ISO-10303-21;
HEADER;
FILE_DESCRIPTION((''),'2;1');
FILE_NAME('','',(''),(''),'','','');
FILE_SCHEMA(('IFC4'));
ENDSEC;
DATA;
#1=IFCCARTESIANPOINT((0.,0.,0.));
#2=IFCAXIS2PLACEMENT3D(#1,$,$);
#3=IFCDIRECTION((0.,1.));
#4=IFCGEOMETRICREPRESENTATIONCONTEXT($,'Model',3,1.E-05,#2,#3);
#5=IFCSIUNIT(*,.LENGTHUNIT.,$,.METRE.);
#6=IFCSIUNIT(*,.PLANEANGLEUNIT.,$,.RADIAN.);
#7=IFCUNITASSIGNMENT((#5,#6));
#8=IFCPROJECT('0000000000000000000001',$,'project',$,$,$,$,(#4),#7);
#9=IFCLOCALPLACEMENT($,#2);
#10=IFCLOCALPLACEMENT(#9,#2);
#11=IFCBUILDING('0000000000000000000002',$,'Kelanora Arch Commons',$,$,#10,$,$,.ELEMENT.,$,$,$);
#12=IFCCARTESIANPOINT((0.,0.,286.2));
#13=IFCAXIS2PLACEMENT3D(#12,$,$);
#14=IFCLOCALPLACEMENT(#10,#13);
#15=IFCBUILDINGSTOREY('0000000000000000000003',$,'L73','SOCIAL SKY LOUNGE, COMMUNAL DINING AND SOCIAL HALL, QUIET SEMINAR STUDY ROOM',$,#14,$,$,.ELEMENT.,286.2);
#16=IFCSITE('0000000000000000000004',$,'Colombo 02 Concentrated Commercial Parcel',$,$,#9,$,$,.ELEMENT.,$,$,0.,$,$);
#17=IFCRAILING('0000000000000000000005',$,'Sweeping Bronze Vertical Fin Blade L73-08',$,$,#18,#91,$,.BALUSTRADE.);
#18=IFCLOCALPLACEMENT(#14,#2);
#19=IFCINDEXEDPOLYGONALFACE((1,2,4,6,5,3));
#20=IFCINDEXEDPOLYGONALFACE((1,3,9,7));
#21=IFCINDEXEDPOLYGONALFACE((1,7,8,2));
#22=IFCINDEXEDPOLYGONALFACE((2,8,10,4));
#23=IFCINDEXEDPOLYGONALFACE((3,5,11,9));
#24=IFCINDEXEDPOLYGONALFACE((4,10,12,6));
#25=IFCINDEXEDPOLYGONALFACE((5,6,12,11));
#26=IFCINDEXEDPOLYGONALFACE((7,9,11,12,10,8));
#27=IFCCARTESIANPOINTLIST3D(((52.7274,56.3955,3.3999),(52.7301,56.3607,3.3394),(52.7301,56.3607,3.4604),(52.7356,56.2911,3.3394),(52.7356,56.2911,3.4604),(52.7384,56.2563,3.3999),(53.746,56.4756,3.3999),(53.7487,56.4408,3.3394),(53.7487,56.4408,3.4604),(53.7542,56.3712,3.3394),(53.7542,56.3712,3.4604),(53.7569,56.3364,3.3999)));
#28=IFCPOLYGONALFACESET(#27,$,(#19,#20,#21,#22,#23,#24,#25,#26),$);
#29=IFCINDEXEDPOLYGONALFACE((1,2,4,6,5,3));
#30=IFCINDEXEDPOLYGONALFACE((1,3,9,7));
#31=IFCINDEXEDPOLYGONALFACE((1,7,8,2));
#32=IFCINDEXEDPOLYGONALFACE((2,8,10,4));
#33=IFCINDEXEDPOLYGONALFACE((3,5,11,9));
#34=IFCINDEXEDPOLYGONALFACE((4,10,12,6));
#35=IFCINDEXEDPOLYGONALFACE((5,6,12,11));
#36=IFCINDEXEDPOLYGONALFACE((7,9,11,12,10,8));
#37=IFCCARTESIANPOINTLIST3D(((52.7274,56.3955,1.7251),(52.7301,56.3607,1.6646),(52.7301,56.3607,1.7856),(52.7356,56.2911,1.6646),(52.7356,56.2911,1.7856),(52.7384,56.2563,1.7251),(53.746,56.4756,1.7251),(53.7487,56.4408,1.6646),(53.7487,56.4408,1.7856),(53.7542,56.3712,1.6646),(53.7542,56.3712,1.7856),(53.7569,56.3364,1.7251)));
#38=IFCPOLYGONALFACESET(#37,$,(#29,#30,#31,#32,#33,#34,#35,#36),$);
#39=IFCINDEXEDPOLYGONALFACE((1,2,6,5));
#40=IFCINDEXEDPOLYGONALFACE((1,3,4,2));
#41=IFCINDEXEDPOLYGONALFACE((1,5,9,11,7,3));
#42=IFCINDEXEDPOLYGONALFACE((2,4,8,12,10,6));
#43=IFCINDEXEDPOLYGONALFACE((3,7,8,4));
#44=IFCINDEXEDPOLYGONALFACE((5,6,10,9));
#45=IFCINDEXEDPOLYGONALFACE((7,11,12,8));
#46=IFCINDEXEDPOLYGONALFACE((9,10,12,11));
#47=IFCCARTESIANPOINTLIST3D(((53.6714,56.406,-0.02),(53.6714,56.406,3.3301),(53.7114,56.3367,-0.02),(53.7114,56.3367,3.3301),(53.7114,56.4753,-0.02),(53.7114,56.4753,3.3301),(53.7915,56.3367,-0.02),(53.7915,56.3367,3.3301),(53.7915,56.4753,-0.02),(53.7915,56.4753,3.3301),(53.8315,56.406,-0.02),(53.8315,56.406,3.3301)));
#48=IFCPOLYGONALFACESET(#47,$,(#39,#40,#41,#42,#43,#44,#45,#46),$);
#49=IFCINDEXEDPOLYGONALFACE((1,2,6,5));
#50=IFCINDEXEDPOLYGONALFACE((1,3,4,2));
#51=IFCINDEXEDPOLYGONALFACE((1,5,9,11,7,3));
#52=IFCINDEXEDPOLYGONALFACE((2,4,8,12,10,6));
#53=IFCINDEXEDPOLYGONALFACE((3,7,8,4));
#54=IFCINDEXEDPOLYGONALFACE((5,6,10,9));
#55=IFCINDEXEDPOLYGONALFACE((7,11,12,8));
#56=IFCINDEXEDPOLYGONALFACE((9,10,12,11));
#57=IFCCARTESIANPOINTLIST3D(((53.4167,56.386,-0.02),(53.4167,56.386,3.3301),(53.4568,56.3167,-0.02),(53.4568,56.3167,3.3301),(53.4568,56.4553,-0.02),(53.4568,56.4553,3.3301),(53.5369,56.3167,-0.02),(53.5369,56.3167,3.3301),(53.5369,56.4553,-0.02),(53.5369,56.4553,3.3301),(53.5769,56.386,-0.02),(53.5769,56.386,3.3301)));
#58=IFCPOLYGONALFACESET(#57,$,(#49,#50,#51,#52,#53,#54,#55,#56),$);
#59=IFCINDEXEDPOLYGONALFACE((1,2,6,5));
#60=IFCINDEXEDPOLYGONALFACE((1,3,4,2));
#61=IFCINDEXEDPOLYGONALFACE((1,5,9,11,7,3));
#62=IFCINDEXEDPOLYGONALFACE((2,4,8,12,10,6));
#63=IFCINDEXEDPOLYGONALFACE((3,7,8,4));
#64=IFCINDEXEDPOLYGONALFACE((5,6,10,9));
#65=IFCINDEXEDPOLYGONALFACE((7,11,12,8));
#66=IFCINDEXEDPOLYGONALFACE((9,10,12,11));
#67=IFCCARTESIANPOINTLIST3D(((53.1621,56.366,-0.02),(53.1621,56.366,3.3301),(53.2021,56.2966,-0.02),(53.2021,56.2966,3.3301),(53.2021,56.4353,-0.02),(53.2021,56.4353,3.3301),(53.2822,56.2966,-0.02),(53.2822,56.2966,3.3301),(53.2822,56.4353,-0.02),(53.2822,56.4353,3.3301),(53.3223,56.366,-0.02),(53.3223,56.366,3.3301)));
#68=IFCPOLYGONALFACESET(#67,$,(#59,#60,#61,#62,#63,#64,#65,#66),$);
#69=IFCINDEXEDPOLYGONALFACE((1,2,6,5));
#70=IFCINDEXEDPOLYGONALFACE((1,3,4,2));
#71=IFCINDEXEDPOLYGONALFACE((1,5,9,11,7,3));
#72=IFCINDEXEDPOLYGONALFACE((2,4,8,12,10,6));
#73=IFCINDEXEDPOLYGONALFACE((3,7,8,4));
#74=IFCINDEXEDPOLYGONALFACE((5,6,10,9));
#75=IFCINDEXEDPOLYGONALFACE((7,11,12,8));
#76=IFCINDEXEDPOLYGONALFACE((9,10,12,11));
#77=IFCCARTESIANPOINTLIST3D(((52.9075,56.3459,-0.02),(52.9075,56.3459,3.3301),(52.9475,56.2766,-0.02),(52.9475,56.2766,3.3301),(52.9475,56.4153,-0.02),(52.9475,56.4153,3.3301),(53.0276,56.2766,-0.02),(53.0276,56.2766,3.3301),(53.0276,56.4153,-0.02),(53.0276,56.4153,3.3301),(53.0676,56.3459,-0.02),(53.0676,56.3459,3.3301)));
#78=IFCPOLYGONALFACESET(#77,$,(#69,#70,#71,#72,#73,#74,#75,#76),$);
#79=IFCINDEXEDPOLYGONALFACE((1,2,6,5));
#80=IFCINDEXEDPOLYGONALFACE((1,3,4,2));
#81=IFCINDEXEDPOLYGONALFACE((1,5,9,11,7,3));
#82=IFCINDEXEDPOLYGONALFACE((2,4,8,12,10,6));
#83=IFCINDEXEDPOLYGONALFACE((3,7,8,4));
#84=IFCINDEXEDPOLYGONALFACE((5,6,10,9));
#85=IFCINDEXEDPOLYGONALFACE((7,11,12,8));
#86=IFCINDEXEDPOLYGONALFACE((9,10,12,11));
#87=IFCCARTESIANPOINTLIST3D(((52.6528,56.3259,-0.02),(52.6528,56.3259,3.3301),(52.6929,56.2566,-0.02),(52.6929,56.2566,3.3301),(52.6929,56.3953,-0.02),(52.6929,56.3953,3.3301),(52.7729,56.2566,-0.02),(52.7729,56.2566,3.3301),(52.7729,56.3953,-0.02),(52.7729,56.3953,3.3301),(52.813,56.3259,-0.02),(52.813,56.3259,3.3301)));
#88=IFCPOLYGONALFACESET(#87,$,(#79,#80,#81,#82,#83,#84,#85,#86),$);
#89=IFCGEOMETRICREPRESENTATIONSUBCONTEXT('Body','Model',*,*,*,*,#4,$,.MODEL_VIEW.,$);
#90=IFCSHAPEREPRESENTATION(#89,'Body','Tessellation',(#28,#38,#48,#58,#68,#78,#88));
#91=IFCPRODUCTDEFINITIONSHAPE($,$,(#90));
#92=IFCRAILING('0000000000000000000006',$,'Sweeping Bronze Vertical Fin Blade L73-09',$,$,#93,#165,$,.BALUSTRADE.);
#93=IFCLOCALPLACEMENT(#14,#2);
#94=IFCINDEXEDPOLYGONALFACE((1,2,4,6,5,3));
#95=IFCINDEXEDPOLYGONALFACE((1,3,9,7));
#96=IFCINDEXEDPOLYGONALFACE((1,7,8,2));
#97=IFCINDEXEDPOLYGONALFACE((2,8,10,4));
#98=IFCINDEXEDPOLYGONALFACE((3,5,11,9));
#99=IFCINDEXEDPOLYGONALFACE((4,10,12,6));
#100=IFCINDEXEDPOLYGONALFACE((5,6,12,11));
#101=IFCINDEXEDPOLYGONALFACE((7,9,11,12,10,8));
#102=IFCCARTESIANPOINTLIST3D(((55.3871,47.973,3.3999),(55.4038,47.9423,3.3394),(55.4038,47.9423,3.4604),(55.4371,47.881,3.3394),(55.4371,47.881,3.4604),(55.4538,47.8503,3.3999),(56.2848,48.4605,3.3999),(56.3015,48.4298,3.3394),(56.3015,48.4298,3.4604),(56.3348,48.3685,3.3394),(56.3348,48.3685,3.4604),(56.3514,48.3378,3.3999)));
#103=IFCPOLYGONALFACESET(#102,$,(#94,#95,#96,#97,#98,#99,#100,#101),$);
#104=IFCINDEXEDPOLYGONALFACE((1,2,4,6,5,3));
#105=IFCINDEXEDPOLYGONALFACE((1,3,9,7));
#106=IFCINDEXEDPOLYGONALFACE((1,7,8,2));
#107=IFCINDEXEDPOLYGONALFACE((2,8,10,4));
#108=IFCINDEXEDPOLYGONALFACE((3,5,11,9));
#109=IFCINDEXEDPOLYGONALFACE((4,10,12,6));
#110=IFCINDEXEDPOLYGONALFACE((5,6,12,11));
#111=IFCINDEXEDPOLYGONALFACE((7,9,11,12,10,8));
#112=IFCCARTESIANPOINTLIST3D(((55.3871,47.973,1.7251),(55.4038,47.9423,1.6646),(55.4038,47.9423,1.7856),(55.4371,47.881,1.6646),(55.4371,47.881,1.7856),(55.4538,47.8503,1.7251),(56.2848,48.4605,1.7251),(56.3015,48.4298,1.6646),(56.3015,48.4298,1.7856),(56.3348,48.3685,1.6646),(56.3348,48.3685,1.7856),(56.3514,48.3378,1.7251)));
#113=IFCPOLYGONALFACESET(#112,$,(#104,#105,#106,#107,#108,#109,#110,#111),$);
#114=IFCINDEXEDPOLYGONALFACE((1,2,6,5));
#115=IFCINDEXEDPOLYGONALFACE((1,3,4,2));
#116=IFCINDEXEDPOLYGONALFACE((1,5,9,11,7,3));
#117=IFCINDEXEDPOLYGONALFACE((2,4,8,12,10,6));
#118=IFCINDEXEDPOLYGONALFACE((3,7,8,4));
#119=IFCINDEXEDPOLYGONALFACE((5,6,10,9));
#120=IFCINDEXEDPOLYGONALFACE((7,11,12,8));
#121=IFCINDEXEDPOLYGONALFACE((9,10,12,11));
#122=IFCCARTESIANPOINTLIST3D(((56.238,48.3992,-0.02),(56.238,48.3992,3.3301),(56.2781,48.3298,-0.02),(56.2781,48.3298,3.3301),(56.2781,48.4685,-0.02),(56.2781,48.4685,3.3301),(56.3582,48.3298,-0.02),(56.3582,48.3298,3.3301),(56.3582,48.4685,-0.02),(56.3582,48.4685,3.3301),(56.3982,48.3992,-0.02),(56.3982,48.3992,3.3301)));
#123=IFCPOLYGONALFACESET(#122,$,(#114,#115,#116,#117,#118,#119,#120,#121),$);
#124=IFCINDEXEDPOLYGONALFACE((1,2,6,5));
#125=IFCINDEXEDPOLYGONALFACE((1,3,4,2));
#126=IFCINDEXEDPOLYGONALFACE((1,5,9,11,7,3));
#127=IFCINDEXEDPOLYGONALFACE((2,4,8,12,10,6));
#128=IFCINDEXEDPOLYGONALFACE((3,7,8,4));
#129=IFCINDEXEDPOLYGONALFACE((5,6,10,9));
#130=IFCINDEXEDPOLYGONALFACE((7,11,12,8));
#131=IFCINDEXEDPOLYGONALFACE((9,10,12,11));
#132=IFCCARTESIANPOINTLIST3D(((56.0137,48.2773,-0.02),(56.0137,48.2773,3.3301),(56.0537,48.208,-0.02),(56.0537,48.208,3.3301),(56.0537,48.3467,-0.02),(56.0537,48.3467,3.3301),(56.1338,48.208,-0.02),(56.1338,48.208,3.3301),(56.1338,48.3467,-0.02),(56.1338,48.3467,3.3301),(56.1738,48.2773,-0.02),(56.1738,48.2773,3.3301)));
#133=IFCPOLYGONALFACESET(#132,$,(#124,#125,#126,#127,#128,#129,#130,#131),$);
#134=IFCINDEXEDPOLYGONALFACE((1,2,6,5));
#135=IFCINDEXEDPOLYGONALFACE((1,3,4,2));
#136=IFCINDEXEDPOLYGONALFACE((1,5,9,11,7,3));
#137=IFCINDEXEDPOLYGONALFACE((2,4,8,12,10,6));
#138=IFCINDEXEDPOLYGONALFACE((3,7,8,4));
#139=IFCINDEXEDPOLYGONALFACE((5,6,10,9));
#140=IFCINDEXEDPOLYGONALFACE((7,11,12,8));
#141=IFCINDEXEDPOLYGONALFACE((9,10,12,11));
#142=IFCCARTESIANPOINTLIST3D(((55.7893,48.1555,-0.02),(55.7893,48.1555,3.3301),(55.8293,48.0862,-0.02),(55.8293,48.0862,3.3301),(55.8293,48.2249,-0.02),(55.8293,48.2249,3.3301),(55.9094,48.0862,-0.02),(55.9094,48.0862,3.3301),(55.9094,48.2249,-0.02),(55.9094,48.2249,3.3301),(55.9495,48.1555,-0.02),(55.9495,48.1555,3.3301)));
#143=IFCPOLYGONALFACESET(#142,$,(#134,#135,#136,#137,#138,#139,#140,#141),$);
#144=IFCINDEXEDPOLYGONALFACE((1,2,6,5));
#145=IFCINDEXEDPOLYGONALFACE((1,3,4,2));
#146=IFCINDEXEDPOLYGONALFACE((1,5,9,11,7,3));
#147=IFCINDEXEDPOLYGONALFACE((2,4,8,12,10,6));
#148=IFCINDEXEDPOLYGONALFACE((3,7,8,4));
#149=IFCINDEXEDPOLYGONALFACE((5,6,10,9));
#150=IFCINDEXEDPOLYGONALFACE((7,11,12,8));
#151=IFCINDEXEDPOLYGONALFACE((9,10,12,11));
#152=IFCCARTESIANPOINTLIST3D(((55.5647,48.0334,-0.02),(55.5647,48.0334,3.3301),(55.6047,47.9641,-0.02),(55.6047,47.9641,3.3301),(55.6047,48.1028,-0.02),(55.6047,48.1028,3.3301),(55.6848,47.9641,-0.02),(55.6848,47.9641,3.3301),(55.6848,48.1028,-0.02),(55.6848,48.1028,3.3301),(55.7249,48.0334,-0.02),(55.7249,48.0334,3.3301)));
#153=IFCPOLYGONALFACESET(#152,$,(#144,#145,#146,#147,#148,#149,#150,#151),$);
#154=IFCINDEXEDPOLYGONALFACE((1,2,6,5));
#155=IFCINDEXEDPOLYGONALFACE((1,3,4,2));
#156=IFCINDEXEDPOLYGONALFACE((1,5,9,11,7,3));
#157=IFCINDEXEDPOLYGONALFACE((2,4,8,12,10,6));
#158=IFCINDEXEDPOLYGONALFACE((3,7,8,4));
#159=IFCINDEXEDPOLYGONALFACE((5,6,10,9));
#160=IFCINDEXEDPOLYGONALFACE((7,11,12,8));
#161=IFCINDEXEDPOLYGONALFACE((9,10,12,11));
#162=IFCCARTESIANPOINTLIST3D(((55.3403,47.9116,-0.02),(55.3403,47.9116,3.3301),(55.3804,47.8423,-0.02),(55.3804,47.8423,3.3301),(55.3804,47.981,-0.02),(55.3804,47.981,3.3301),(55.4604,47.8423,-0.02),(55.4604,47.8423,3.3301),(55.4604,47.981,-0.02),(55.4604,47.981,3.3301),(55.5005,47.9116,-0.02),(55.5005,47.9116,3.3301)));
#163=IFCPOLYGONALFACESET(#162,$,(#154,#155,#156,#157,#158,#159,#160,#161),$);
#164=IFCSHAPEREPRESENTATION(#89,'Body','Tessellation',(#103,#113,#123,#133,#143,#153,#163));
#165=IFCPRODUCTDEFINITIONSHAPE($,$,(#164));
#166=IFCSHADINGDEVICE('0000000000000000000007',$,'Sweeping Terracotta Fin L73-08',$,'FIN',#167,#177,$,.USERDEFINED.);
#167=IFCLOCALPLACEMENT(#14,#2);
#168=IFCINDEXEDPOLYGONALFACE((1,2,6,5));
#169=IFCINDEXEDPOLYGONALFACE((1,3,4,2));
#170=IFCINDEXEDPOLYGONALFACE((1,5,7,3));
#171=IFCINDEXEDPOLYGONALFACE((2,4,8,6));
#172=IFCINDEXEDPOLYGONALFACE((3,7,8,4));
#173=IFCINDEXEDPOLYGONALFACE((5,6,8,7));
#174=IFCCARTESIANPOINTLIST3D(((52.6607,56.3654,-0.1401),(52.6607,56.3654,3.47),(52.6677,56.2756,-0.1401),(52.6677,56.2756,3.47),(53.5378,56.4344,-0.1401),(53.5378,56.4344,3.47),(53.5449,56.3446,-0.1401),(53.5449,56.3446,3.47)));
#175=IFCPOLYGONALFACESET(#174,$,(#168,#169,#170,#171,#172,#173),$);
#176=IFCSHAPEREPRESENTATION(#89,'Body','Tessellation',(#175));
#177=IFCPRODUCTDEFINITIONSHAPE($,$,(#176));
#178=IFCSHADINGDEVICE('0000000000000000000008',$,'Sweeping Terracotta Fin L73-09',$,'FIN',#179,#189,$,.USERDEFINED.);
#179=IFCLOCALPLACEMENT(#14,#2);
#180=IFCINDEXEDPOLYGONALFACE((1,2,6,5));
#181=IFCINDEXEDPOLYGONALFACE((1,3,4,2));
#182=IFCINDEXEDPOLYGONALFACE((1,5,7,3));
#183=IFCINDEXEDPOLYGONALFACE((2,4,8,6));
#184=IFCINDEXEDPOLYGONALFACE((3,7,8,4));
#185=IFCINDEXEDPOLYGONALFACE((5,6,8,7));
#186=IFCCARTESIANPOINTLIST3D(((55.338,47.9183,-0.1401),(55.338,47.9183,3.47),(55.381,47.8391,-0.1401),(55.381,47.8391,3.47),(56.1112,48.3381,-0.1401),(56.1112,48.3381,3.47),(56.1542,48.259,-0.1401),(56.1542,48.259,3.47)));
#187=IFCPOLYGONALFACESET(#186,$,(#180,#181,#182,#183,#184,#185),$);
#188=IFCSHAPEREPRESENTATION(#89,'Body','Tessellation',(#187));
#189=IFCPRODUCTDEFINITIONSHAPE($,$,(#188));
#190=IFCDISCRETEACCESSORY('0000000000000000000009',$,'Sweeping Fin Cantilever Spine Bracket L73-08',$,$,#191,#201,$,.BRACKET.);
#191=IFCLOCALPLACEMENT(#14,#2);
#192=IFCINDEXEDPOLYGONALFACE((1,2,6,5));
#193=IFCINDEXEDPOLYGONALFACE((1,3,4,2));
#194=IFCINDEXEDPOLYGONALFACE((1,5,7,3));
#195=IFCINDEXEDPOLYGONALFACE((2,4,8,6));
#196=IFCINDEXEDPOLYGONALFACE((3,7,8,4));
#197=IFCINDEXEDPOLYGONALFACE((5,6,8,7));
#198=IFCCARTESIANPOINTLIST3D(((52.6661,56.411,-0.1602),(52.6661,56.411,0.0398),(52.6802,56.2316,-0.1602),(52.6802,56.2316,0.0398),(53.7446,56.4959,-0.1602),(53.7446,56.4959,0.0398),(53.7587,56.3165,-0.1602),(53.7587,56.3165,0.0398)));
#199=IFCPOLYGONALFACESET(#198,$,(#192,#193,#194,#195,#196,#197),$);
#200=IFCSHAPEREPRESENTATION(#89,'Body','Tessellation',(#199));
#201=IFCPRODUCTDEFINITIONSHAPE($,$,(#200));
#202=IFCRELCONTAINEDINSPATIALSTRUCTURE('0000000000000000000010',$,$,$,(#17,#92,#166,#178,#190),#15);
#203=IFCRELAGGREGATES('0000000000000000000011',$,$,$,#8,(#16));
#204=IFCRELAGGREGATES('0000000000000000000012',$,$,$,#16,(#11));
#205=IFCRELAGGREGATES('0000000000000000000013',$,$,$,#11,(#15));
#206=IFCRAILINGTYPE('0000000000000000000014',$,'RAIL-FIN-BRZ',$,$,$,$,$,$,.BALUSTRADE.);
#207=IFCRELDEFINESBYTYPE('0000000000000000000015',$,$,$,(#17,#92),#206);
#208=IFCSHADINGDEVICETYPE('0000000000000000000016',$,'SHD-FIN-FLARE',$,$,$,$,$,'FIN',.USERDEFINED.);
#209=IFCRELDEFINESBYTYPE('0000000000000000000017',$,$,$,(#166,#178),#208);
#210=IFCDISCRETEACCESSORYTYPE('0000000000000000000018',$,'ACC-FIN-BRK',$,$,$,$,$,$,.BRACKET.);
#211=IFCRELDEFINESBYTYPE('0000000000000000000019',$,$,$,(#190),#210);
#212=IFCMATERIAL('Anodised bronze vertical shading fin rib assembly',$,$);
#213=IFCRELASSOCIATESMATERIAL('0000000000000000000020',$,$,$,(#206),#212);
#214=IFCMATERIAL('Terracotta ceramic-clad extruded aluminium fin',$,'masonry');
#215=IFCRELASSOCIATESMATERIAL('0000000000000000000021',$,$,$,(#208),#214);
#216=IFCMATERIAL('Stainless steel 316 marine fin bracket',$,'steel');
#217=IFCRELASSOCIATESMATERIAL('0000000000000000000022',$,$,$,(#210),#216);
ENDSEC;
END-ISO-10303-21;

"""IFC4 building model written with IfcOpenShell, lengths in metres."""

from ifc_helpers import new_model, si_unit, direction, frame, origin, origin_2d, place, context, subcontext, project, spatial, polyline, rectangle, outline, extrude, source, transform, mapped, material, type_object, element, save


model = new_model("IFC4")

# Units and contexts
model_context = context("Model", 3, precision=1e-05, world=origin(), true_north=direction((0.0, 1.0)))
body_context = subcontext(model_context, "Body", "Model", "MODEL_VIEW")
ifc_project = project(units=[si_unit("LENGTHUNIT", "METRE"), si_unit("PLANEANGLEUNIT", "RADIAN")], contexts=[model_context])

# Site, building, storey
site_placement = place(None, origin())
site = spatial("IfcSite", under=ifc_project, at=site_placement, Name="Colombo 02 Concentrated Commercial Parcel", CompositionType="ELEMENT", RefElevation=0.0)
building_placement = place(site_placement, origin())
building = spatial("IfcBuilding", under=site, at=building_placement, Name="Kelanora Arch Commons", CompositionType="ELEMENT")
storey_placement = place(building_placement, frame((0.0, 0.0, 286.2)))
storey = spatial("IfcBuildingStorey", under=building, at=storey_placement, Name="L73", Description="SOCIAL SKY LOUNGE, COMMUNAL DINING AND SOCIAL HALL, QUIET SEMINAR STUDY ROOM", CompositionType="ELEMENT", Elevation=286.2)

# Railings
ifc_material_1 = material(Name="Anodised bronze vertical shading fin rib assembly")
railing_type = type_object("IfcRailingType", Name="RAIL-FIN-BRZ", PredefinedType="BALUSTRADE", material=ifc_material_1)
railing_1_placement = place(storey_placement, frame((53.7515, 56.406, -0.02)))
element("IfcRailing", 1, at=railing_1_placement, inside=storey, type_object=railing_type, Name="Sweeping Bronze Vertical Fin Blade L73-08", PredefinedType="BALUSTRADE", context=body_context, shape_type="SweptSolid", body=[
    extrude(outline(polyline([(0.0698, 0.0), (0.0349, 0.0605), (-0.0349, 0.0605), (-0.0698, 0.0), (-0.0349, -0.0605), (0.0349, -0.0605), (0.0698, 0.0)])), frame((0.0, 0.0, 3.4199), z_axis=(-0.996924, -0.078378, 0.0), x_axis=(0.078378, -0.996924, 0.0)), (0.0, 0.0, 1.0), 1.0217),
    extrude(outline(polyline([(0.0698, 0.0), (0.0349, 0.0605), (-0.0349, 0.0605), (-0.0698, 0.0), (-0.0349, -0.0605), (0.0349, -0.0605), (0.0698, 0.0)])), frame((0.0, 0.0, 1.7451), z_axis=(-0.996924, -0.078378, 0.0), x_axis=(0.078378, -0.996924, 0.0)), (0.0, 0.0, 1.0), 1.0217),
    extrude(outline(polyline([(0.0801, 0.0), (0.04, 0.0693), (-0.04, 0.0693), (-0.0801, 0.0), (-0.04, -0.0693), (0.04, -0.0693), (0.0801, 0.0)])), origin(), (0.0, 0.0, 1.0), 3.3501),
    extrude(outline(polyline([(0.0801, 0.0), (0.04, 0.0693), (-0.04, 0.0693), (-0.0801, 0.0), (-0.04, -0.0693), (0.04, -0.0693), (0.0801, 0.0)])), frame((-0.2546, -0.02, 0.0)), (0.0, 0.0, 1.0), 3.3501),
    extrude(outline(polyline([(0.0801, 0.0), (0.04, 0.0693), (-0.04, 0.0693), (-0.0801, 0.0), (-0.04, -0.0693), (0.04, -0.0693), (0.0801, 0.0)])), frame((-0.5093, -0.04, 0.0)), (0.0, 0.0, 1.0), 3.3501),
    extrude(outline(polyline([(0.0801, 0.0), (0.04, 0.0693), (-0.04, 0.0693), (-0.0801, 0.0), (-0.04, -0.0693), (0.04, -0.0693), (0.0801, 0.0)])), frame((-0.7639, -0.0601, 0.0)), (0.0, 0.0, 1.0), 3.3501),
    extrude(outline(polyline([(0.0801, 0.0), (0.04, 0.0693), (-0.04, 0.0693), (-0.0801, 0.0), (-0.04, -0.0693), (0.04, -0.0693), (0.0801, 0.0)])), frame((-1.0186, -0.0801, 0.0)), (0.0, 0.0, 1.0), 3.3501),
])
railing_2_placement = place(storey_placement, frame((56.3181, 48.3992, -0.02)))
element("IfcRailing", 2, at=railing_2_placement, inside=storey, type_object=railing_type, Name="Sweeping Bronze Vertical Fin Blade L73-09", PredefinedType="BALUSTRADE", context=body_context, shape_type="SweptSolid", body=[
    extrude(outline(polyline([(0.0698, 0.0), (0.0349, 0.0605), (-0.0349, 0.0605), (-0.0698, 0.0), (-0.0349, -0.0605), (0.0349, -0.0605), (0.0698, 0.0)])), frame((0.0, 0.0, 3.4199), z_axis=(-0.878762, -0.477261, 0.0), x_axis=(0.477261, -0.878762, 0.0)), (0.0, 0.0, 1.0), 1.0215),
    extrude(outline(polyline([(0.0698, 0.0), (0.0349, 0.0605), (-0.0349, 0.0605), (-0.0698, 0.0), (-0.0349, -0.0605), (0.0349, -0.0605), (0.0698, 0.0)])), frame((0.0, 0.0, 1.7451), z_axis=(-0.878762, -0.477261, 0.0), x_axis=(0.477261, -0.878762, 0.0)), (0.0, 0.0, 1.0), 1.0215),
    extrude(outline(polyline([(0.0801, 0.0), (0.04, 0.0693), (-0.04, 0.0693), (-0.0801, 0.0), (-0.04, -0.0693), (0.04, -0.0693), (0.0801, 0.0)])), origin(), (0.0, 0.0, 1.0), 3.3501),
    extrude(outline(polyline([(0.0801, 0.0), (0.04, 0.0693), (-0.04, 0.0693), (-0.0801, 0.0), (-0.04, -0.0693), (0.04, -0.0693), (0.0801, 0.0)])), frame((-0.2244, -0.1218, 0.0)), (0.0, 0.0, 1.0), 3.3501),
    extrude(outline(polyline([(0.0801, 0.0), (0.04, 0.0693), (-0.04, 0.0693), (-0.0801, 0.0), (-0.04, -0.0693), (0.04, -0.0693), (0.0801, 0.0)])), frame((-0.4487, -0.2437, 0.0)), (0.0, 0.0, 1.0), 3.3501),
    extrude(outline(polyline([(0.0801, 0.0), (0.04, 0.0693), (-0.04, 0.0693), (-0.0801, 0.0), (-0.04, -0.0693), (0.04, -0.0693), (0.0801, 0.0)])), frame((-0.6733, -0.3657, 0.0)), (0.0, 0.0, 1.0), 3.3501),
    extrude(outline(polyline([(0.0801, 0.0), (0.04, 0.0693), (-0.04, 0.0693), (-0.0801, 0.0), (-0.04, -0.0693), (0.04, -0.0693), (0.0801, 0.0)])), frame((-0.8977, -0.4875, 0.0)), (0.0, 0.0, 1.0), 3.3501),
])

# Shading devices
ifc_material_2 = material(Name="Terracotta ceramic-clad extruded aluminium fin", Category="masonry")
shading_device_type = type_object("IfcShadingDeviceType", Name="SHD-FIN-FLARE", ElementType="FIN", PredefinedType="USERDEFINED", material=ifc_material_2)
shared_shape_1 = source(origin(), body_context, "Body", "SweptSolid", [
    extrude(rectangle(XDim=0.8799, YDim=0.0901, at=origin_2d()), origin(), (0.0, 0.0, 1.0), 3.6101),
])
for number, where, z_axis, x_axis, name in (
    (3, (53.1028, 56.355, -0.1401), (0.0, 0.0, 1.0), (-0.996917, -0.078459, 0.0), "Sweeping Terracotta Fin L73-08"),
    (4, (55.7461, 48.0886, -0.1401), (0.0, 0.0, 1.0), (-0.878817, -0.477159, 0.0), "Sweeping Terracotta Fin L73-09"),
):
    element("IfcShadingDevice", number, at=place(storey_placement, frame(where, z_axis=z_axis, x_axis=x_axis)), inside=storey, type_object=shading_device_type, Name=name, ObjectType="FIN", PredefinedType="USERDEFINED", context=body_context, shape_type="MappedRepresentation", body=[
        mapped(shared_shape_1, transform((0.0, 0.0, 0.0), scale=1.0)),
    ])

# Discrete accessory
ifc_material_3 = material(Name="Stainless steel 316 marine fin bracket", Category="steel")
discrete_accessory_type = type_object("IfcDiscreteAccessoryType", Name="ACC-FIN-BRK", PredefinedType="BRACKET", material=ifc_material_3)
shared_shape_2 = source(origin(), body_context, "Body", "SweptSolid", [
    extrude(rectangle(XDim=1.0818, YDim=0.1799, at=origin_2d()), origin(), (0.0, 0.0, 1.0), 0.2),
])
for number, where, z_axis, x_axis, name in (
    (5, (53.2124, 56.3638, -0.1602), (0.0, 0.0, 1.0), (-0.996917, -0.078459, 0.0), "Sweeping Fin Cantilever Spine Bracket L73-08"),
):
    element("IfcDiscreteAccessory", number, at=place(storey_placement, frame(where, z_axis=z_axis, x_axis=x_axis)), inside=storey, type_object=discrete_accessory_type, Name=name, PredefinedType="BRACKET", context=body_context, shape_type="MappedRepresentation", body=[
        mapped(shared_shape_2, transform((0.0, 0.0, 0.0), scale=1.0)),
    ])

save(model, "model.ifc")
